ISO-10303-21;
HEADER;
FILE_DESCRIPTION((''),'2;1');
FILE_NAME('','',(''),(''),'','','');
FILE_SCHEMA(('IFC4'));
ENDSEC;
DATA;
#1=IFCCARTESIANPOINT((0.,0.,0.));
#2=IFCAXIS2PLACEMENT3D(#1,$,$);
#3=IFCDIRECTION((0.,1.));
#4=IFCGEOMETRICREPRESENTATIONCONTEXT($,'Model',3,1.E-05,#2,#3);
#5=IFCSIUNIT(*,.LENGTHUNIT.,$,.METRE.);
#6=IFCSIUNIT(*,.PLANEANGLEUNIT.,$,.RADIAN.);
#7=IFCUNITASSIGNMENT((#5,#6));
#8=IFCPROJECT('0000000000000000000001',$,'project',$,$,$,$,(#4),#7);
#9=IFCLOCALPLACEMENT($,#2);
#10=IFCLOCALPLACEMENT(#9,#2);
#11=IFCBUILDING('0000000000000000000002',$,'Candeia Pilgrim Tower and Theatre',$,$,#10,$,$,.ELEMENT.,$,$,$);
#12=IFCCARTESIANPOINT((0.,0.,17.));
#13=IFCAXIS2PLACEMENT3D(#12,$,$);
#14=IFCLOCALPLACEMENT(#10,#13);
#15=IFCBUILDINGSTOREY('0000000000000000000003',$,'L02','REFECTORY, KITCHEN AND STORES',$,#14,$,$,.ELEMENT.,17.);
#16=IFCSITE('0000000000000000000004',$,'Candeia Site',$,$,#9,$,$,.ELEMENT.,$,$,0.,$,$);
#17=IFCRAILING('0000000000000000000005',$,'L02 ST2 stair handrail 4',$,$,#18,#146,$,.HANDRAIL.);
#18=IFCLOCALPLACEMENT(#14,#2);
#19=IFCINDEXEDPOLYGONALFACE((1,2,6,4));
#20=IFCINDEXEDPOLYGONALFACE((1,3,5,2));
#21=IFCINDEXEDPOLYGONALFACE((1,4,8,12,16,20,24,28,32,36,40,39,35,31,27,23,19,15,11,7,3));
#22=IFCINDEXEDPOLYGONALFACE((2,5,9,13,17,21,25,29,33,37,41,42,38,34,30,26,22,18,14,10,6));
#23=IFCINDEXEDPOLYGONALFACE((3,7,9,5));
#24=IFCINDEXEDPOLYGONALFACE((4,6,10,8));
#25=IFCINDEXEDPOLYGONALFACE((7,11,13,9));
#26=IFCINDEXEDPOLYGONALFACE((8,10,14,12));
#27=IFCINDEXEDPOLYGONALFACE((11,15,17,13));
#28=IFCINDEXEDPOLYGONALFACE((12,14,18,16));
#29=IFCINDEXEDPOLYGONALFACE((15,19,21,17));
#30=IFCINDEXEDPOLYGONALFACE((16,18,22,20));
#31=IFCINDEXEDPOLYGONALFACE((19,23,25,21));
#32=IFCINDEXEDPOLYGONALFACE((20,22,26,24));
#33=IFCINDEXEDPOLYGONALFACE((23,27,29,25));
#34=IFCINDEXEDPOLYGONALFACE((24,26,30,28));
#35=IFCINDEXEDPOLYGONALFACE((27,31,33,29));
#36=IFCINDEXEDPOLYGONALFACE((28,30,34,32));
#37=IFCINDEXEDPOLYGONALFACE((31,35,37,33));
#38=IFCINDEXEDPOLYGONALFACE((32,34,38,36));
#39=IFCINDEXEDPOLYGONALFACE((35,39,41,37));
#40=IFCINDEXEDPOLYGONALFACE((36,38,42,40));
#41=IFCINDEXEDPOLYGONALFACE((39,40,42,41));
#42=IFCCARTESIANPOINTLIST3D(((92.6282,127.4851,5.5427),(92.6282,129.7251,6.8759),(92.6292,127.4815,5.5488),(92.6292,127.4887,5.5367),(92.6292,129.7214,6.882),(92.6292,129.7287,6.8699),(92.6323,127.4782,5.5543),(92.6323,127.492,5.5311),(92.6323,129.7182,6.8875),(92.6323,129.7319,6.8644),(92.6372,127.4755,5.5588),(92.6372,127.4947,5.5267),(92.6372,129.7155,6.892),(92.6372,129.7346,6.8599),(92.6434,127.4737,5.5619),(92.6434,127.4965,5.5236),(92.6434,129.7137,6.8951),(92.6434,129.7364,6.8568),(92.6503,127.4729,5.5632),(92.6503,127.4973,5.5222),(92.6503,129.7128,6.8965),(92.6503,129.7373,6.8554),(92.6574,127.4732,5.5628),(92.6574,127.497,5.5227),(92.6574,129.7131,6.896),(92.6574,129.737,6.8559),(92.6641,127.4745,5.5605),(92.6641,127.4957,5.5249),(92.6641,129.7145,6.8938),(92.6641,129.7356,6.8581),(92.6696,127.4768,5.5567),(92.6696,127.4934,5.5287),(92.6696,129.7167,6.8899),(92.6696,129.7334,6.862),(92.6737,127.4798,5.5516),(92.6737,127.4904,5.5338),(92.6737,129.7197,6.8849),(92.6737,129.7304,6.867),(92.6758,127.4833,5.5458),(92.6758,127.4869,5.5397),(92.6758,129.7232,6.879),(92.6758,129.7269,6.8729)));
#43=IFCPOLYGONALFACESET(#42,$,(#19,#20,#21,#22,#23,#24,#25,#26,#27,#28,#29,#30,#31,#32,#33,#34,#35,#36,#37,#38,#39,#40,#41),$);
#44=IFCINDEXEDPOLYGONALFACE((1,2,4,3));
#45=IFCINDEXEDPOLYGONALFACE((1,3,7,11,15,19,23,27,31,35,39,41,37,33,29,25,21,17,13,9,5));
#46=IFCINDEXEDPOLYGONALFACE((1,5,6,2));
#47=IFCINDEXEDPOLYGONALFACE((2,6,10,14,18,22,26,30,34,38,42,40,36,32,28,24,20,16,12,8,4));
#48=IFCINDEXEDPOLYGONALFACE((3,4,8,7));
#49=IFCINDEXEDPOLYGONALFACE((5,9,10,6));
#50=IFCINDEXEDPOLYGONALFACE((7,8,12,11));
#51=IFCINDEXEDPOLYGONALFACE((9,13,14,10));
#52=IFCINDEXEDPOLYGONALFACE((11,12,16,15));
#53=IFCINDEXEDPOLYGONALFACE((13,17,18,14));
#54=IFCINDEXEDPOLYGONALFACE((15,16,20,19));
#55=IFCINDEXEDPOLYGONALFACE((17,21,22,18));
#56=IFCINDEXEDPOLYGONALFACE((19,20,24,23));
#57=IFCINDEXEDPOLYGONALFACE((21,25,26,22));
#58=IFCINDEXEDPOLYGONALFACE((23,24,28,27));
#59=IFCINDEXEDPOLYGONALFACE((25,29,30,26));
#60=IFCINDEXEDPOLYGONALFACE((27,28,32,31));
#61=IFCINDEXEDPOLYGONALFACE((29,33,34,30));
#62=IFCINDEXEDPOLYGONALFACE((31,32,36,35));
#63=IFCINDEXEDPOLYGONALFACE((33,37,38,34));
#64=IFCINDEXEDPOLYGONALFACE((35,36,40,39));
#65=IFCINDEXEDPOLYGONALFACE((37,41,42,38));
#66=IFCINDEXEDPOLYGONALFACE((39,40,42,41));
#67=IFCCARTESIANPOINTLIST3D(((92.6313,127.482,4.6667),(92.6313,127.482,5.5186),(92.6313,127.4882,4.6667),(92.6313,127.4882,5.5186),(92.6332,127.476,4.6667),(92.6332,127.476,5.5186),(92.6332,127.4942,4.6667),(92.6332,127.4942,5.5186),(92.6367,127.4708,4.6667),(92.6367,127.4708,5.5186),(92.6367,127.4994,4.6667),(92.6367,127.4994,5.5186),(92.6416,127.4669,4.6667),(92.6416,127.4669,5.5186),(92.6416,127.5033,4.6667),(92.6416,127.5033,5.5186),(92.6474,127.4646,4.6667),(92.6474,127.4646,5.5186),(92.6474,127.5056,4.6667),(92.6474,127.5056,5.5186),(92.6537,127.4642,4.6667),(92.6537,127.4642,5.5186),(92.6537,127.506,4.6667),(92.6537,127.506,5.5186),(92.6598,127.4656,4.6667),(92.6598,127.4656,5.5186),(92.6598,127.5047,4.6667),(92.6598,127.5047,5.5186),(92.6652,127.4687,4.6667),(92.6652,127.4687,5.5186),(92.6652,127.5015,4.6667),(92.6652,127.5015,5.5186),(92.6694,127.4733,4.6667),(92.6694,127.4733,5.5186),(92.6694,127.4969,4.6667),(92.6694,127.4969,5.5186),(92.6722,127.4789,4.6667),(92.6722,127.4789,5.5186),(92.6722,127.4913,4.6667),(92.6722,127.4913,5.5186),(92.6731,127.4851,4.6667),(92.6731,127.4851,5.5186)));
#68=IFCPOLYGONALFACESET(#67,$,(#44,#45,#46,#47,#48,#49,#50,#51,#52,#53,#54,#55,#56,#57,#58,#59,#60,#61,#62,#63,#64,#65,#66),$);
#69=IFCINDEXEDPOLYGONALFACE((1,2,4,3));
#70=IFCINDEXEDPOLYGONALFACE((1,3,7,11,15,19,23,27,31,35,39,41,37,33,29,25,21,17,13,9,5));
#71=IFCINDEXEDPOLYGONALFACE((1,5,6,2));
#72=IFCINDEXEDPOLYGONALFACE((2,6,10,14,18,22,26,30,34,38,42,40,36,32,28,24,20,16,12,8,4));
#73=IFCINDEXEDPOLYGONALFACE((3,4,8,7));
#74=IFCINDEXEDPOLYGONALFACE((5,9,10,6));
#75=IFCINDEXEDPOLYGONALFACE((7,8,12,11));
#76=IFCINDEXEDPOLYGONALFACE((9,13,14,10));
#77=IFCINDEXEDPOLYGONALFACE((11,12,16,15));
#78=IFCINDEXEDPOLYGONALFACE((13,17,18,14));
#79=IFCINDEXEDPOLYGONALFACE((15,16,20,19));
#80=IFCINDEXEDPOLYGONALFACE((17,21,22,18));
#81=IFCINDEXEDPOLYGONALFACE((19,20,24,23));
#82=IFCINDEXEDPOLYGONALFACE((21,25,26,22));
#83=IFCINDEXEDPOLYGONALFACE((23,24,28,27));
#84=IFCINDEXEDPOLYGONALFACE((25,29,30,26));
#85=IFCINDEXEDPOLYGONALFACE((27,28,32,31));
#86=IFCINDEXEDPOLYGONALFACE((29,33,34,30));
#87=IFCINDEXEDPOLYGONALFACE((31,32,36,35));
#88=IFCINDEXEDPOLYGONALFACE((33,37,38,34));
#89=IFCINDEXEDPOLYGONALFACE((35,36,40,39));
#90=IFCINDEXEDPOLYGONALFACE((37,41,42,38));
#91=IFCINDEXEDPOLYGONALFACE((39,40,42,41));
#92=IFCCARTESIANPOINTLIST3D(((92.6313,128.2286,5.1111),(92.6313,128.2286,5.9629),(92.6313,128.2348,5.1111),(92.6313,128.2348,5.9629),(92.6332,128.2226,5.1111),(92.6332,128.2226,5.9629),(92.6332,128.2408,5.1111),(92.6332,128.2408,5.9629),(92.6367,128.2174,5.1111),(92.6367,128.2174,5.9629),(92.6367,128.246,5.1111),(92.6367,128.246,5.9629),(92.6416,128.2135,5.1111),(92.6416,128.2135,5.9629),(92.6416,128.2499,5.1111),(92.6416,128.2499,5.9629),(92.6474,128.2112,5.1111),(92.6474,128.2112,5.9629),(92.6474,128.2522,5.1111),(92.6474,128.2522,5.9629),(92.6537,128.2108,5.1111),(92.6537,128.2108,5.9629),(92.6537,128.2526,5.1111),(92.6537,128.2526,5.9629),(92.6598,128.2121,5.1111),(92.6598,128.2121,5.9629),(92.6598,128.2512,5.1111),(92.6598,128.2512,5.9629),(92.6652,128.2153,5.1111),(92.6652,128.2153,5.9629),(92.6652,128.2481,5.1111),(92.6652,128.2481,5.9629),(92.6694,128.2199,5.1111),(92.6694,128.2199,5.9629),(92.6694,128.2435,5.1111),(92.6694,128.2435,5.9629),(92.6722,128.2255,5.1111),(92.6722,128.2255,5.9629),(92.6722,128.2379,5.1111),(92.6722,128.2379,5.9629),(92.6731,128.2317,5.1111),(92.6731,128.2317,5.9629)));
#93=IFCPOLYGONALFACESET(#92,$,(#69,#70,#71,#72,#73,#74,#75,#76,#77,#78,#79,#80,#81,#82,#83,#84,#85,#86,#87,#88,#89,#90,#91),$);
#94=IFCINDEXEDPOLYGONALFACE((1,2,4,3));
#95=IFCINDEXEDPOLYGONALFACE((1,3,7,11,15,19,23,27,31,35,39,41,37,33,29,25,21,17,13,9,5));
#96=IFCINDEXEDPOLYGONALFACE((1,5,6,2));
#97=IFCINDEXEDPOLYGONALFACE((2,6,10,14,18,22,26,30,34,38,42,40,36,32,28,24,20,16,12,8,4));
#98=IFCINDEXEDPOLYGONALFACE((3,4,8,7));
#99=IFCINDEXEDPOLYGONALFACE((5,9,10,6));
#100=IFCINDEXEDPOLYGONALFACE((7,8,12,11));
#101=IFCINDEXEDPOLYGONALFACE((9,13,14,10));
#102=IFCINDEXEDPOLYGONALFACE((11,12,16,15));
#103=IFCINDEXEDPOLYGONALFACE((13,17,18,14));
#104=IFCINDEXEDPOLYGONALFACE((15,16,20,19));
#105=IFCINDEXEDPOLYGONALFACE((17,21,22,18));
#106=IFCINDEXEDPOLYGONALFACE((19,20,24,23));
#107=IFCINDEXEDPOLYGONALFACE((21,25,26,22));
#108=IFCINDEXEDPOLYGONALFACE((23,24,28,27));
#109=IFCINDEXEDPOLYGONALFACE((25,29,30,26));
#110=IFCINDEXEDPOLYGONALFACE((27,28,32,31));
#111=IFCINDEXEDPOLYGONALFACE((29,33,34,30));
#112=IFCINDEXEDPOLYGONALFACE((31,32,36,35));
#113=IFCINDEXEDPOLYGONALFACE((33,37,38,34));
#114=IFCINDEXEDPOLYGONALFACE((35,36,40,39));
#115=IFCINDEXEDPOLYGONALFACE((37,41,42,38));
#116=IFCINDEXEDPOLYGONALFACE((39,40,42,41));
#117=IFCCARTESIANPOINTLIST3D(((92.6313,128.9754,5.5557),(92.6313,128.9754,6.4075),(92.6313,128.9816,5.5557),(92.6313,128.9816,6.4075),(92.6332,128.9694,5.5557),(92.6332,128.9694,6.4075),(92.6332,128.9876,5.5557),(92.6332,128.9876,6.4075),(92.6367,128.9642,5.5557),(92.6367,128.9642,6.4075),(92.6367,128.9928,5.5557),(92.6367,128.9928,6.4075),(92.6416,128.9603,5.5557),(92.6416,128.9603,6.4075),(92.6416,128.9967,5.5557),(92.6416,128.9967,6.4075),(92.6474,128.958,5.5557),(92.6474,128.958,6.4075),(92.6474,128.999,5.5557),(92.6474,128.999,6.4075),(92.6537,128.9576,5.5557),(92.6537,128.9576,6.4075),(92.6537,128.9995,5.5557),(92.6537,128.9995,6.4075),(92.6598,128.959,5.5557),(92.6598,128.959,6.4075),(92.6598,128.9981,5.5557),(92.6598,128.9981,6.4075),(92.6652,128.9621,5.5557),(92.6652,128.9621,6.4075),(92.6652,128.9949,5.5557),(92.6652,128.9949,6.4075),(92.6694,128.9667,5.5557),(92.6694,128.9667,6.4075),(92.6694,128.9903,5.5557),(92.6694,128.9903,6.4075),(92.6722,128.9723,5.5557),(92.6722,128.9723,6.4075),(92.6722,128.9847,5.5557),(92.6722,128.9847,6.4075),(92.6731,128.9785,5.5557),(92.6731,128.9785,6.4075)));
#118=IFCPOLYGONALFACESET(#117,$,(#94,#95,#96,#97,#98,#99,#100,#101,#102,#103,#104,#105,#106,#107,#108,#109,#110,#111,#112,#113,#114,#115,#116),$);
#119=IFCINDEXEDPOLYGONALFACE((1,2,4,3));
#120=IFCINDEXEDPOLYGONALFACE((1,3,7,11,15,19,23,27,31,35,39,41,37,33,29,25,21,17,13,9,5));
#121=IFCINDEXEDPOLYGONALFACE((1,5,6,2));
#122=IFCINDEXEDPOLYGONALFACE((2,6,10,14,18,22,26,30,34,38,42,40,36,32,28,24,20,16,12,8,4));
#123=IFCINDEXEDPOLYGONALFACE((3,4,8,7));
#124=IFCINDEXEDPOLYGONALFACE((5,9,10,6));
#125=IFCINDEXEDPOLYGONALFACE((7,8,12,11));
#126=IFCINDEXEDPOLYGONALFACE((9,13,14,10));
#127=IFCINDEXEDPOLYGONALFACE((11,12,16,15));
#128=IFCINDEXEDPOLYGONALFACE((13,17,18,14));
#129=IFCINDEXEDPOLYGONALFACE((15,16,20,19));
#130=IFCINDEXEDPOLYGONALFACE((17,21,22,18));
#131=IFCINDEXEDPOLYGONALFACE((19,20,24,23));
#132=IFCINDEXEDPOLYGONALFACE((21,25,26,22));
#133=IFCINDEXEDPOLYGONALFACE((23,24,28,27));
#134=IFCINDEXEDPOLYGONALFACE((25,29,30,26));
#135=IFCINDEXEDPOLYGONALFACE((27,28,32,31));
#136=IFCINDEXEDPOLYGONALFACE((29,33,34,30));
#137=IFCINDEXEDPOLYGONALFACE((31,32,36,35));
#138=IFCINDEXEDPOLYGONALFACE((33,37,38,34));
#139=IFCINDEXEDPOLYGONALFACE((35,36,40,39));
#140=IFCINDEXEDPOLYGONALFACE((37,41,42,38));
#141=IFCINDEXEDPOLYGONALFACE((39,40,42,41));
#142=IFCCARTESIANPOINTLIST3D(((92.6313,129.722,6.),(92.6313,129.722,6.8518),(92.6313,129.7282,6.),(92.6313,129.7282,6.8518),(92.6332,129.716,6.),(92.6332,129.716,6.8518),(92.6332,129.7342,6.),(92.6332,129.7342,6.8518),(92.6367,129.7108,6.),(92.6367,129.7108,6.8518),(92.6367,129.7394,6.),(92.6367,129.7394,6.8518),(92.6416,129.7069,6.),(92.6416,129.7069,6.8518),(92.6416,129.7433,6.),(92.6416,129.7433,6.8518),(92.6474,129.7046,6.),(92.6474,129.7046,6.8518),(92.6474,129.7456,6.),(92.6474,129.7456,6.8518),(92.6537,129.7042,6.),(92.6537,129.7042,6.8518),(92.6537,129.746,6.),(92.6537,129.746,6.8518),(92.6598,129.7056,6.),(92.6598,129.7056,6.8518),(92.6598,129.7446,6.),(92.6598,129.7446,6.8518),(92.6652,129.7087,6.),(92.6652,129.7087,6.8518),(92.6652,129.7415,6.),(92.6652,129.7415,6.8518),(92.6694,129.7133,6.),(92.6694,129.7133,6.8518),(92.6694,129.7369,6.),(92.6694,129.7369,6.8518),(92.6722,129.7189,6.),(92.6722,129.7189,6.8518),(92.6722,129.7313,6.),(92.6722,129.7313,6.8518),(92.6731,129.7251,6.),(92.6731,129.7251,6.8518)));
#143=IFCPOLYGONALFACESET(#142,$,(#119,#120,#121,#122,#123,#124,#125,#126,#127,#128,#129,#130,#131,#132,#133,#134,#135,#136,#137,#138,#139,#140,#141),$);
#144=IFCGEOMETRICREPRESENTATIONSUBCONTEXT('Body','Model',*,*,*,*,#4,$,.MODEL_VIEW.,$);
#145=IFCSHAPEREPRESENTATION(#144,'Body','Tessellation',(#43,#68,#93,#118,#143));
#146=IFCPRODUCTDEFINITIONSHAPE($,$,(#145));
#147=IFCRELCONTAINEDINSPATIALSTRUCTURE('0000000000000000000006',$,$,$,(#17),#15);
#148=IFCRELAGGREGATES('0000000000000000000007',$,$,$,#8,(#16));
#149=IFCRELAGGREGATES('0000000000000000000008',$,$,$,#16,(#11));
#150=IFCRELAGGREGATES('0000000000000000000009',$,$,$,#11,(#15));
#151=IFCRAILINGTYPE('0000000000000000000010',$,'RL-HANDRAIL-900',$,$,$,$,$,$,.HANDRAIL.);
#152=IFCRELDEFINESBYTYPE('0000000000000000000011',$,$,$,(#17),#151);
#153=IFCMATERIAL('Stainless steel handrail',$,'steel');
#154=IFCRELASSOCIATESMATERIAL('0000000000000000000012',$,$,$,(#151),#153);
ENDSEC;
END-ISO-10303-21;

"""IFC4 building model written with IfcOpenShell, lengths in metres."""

from ifc_helpers import new_model, si_unit, direction, frame, origin, origin_2d, place, context, subcontext, project, spatial, circle, extrude, material, type_object, element, save


model = new_model("IFC4")

# Units and contexts
model_context = context("Model", 3, precision=1e-05, world=origin(), true_north=direction((0.0, 1.0)))
body_context = subcontext(model_context, "Body", "Model", "MODEL_VIEW")
ifc_project = project(units=[si_unit("LENGTHUNIT", "METRE"), si_unit("PLANEANGLEUNIT", "RADIAN")], contexts=[model_context])

# Site, building, storey
site_placement = place(None, origin())
site = spatial("IfcSite", under=ifc_project, at=site_placement, Name="Candeia Site", CompositionType="ELEMENT", RefElevation=0.0)
building_placement = place(site_placement, origin())
building = spatial("IfcBuilding", under=site, at=building_placement, Name="Candeia Pilgrim Tower and Theatre", CompositionType="ELEMENT")
storey_placement = place(building_placement, frame((0.0, 0.0, 17.0)))
storey = spatial("IfcBuildingStorey", under=building, at=storey_placement, Name="L02", Description="REFECTORY, KITCHEN AND STORES", CompositionType="ELEMENT", Elevation=17.0)

# Railing
ifc_material_1 = material(Name="Stainless steel handrail", Category="steel")
railing_type = type_object("IfcRailingType", Name="RL-HANDRAIL-900", PredefinedType="HANDRAIL", material=ifc_material_1)
for number, where, name in (
    (1, (92.6521, 127.4851, 4.6667), "L02 ST2 stair handrail 4"),
):
    element("IfcRailing", number, at=place(storey_placement, frame(where)), inside=storey, type_object=railing_type, Name=name, PredefinedType="HANDRAIL", context=body_context, shape_type="SweptSolid", body=[
        extrude(circle(Radius=0.0239, at=origin_2d()), frame((0.0, 0.0, 0.876), z_axis=(0.0, 0.859306, 0.511462), x_axis=(-1.0, 0.0, 0.0)), (0.0, 0.0, 1.0), 2.6067),
        extrude(circle(Radius=0.021, at=origin_2d()), origin(), (0.0, 0.0, 1.0), 0.8518),
        extrude(circle(Radius=0.021, at=origin_2d()), frame((0.0, 0.7466, 0.4443)), (0.0, 0.0, 1.0), 0.8518),
        extrude(circle(Radius=0.021, at=origin_2d()), frame((0.0, 1.4934, 0.8889)), (0.0, 0.0, 1.0), 0.8518),
        extrude(circle(Radius=0.021, at=origin_2d()), frame((0.0, 2.24, 1.3333)), (0.0, 0.0, 1.0), 0.8518),
    ])

save(model, "model.ifc")
